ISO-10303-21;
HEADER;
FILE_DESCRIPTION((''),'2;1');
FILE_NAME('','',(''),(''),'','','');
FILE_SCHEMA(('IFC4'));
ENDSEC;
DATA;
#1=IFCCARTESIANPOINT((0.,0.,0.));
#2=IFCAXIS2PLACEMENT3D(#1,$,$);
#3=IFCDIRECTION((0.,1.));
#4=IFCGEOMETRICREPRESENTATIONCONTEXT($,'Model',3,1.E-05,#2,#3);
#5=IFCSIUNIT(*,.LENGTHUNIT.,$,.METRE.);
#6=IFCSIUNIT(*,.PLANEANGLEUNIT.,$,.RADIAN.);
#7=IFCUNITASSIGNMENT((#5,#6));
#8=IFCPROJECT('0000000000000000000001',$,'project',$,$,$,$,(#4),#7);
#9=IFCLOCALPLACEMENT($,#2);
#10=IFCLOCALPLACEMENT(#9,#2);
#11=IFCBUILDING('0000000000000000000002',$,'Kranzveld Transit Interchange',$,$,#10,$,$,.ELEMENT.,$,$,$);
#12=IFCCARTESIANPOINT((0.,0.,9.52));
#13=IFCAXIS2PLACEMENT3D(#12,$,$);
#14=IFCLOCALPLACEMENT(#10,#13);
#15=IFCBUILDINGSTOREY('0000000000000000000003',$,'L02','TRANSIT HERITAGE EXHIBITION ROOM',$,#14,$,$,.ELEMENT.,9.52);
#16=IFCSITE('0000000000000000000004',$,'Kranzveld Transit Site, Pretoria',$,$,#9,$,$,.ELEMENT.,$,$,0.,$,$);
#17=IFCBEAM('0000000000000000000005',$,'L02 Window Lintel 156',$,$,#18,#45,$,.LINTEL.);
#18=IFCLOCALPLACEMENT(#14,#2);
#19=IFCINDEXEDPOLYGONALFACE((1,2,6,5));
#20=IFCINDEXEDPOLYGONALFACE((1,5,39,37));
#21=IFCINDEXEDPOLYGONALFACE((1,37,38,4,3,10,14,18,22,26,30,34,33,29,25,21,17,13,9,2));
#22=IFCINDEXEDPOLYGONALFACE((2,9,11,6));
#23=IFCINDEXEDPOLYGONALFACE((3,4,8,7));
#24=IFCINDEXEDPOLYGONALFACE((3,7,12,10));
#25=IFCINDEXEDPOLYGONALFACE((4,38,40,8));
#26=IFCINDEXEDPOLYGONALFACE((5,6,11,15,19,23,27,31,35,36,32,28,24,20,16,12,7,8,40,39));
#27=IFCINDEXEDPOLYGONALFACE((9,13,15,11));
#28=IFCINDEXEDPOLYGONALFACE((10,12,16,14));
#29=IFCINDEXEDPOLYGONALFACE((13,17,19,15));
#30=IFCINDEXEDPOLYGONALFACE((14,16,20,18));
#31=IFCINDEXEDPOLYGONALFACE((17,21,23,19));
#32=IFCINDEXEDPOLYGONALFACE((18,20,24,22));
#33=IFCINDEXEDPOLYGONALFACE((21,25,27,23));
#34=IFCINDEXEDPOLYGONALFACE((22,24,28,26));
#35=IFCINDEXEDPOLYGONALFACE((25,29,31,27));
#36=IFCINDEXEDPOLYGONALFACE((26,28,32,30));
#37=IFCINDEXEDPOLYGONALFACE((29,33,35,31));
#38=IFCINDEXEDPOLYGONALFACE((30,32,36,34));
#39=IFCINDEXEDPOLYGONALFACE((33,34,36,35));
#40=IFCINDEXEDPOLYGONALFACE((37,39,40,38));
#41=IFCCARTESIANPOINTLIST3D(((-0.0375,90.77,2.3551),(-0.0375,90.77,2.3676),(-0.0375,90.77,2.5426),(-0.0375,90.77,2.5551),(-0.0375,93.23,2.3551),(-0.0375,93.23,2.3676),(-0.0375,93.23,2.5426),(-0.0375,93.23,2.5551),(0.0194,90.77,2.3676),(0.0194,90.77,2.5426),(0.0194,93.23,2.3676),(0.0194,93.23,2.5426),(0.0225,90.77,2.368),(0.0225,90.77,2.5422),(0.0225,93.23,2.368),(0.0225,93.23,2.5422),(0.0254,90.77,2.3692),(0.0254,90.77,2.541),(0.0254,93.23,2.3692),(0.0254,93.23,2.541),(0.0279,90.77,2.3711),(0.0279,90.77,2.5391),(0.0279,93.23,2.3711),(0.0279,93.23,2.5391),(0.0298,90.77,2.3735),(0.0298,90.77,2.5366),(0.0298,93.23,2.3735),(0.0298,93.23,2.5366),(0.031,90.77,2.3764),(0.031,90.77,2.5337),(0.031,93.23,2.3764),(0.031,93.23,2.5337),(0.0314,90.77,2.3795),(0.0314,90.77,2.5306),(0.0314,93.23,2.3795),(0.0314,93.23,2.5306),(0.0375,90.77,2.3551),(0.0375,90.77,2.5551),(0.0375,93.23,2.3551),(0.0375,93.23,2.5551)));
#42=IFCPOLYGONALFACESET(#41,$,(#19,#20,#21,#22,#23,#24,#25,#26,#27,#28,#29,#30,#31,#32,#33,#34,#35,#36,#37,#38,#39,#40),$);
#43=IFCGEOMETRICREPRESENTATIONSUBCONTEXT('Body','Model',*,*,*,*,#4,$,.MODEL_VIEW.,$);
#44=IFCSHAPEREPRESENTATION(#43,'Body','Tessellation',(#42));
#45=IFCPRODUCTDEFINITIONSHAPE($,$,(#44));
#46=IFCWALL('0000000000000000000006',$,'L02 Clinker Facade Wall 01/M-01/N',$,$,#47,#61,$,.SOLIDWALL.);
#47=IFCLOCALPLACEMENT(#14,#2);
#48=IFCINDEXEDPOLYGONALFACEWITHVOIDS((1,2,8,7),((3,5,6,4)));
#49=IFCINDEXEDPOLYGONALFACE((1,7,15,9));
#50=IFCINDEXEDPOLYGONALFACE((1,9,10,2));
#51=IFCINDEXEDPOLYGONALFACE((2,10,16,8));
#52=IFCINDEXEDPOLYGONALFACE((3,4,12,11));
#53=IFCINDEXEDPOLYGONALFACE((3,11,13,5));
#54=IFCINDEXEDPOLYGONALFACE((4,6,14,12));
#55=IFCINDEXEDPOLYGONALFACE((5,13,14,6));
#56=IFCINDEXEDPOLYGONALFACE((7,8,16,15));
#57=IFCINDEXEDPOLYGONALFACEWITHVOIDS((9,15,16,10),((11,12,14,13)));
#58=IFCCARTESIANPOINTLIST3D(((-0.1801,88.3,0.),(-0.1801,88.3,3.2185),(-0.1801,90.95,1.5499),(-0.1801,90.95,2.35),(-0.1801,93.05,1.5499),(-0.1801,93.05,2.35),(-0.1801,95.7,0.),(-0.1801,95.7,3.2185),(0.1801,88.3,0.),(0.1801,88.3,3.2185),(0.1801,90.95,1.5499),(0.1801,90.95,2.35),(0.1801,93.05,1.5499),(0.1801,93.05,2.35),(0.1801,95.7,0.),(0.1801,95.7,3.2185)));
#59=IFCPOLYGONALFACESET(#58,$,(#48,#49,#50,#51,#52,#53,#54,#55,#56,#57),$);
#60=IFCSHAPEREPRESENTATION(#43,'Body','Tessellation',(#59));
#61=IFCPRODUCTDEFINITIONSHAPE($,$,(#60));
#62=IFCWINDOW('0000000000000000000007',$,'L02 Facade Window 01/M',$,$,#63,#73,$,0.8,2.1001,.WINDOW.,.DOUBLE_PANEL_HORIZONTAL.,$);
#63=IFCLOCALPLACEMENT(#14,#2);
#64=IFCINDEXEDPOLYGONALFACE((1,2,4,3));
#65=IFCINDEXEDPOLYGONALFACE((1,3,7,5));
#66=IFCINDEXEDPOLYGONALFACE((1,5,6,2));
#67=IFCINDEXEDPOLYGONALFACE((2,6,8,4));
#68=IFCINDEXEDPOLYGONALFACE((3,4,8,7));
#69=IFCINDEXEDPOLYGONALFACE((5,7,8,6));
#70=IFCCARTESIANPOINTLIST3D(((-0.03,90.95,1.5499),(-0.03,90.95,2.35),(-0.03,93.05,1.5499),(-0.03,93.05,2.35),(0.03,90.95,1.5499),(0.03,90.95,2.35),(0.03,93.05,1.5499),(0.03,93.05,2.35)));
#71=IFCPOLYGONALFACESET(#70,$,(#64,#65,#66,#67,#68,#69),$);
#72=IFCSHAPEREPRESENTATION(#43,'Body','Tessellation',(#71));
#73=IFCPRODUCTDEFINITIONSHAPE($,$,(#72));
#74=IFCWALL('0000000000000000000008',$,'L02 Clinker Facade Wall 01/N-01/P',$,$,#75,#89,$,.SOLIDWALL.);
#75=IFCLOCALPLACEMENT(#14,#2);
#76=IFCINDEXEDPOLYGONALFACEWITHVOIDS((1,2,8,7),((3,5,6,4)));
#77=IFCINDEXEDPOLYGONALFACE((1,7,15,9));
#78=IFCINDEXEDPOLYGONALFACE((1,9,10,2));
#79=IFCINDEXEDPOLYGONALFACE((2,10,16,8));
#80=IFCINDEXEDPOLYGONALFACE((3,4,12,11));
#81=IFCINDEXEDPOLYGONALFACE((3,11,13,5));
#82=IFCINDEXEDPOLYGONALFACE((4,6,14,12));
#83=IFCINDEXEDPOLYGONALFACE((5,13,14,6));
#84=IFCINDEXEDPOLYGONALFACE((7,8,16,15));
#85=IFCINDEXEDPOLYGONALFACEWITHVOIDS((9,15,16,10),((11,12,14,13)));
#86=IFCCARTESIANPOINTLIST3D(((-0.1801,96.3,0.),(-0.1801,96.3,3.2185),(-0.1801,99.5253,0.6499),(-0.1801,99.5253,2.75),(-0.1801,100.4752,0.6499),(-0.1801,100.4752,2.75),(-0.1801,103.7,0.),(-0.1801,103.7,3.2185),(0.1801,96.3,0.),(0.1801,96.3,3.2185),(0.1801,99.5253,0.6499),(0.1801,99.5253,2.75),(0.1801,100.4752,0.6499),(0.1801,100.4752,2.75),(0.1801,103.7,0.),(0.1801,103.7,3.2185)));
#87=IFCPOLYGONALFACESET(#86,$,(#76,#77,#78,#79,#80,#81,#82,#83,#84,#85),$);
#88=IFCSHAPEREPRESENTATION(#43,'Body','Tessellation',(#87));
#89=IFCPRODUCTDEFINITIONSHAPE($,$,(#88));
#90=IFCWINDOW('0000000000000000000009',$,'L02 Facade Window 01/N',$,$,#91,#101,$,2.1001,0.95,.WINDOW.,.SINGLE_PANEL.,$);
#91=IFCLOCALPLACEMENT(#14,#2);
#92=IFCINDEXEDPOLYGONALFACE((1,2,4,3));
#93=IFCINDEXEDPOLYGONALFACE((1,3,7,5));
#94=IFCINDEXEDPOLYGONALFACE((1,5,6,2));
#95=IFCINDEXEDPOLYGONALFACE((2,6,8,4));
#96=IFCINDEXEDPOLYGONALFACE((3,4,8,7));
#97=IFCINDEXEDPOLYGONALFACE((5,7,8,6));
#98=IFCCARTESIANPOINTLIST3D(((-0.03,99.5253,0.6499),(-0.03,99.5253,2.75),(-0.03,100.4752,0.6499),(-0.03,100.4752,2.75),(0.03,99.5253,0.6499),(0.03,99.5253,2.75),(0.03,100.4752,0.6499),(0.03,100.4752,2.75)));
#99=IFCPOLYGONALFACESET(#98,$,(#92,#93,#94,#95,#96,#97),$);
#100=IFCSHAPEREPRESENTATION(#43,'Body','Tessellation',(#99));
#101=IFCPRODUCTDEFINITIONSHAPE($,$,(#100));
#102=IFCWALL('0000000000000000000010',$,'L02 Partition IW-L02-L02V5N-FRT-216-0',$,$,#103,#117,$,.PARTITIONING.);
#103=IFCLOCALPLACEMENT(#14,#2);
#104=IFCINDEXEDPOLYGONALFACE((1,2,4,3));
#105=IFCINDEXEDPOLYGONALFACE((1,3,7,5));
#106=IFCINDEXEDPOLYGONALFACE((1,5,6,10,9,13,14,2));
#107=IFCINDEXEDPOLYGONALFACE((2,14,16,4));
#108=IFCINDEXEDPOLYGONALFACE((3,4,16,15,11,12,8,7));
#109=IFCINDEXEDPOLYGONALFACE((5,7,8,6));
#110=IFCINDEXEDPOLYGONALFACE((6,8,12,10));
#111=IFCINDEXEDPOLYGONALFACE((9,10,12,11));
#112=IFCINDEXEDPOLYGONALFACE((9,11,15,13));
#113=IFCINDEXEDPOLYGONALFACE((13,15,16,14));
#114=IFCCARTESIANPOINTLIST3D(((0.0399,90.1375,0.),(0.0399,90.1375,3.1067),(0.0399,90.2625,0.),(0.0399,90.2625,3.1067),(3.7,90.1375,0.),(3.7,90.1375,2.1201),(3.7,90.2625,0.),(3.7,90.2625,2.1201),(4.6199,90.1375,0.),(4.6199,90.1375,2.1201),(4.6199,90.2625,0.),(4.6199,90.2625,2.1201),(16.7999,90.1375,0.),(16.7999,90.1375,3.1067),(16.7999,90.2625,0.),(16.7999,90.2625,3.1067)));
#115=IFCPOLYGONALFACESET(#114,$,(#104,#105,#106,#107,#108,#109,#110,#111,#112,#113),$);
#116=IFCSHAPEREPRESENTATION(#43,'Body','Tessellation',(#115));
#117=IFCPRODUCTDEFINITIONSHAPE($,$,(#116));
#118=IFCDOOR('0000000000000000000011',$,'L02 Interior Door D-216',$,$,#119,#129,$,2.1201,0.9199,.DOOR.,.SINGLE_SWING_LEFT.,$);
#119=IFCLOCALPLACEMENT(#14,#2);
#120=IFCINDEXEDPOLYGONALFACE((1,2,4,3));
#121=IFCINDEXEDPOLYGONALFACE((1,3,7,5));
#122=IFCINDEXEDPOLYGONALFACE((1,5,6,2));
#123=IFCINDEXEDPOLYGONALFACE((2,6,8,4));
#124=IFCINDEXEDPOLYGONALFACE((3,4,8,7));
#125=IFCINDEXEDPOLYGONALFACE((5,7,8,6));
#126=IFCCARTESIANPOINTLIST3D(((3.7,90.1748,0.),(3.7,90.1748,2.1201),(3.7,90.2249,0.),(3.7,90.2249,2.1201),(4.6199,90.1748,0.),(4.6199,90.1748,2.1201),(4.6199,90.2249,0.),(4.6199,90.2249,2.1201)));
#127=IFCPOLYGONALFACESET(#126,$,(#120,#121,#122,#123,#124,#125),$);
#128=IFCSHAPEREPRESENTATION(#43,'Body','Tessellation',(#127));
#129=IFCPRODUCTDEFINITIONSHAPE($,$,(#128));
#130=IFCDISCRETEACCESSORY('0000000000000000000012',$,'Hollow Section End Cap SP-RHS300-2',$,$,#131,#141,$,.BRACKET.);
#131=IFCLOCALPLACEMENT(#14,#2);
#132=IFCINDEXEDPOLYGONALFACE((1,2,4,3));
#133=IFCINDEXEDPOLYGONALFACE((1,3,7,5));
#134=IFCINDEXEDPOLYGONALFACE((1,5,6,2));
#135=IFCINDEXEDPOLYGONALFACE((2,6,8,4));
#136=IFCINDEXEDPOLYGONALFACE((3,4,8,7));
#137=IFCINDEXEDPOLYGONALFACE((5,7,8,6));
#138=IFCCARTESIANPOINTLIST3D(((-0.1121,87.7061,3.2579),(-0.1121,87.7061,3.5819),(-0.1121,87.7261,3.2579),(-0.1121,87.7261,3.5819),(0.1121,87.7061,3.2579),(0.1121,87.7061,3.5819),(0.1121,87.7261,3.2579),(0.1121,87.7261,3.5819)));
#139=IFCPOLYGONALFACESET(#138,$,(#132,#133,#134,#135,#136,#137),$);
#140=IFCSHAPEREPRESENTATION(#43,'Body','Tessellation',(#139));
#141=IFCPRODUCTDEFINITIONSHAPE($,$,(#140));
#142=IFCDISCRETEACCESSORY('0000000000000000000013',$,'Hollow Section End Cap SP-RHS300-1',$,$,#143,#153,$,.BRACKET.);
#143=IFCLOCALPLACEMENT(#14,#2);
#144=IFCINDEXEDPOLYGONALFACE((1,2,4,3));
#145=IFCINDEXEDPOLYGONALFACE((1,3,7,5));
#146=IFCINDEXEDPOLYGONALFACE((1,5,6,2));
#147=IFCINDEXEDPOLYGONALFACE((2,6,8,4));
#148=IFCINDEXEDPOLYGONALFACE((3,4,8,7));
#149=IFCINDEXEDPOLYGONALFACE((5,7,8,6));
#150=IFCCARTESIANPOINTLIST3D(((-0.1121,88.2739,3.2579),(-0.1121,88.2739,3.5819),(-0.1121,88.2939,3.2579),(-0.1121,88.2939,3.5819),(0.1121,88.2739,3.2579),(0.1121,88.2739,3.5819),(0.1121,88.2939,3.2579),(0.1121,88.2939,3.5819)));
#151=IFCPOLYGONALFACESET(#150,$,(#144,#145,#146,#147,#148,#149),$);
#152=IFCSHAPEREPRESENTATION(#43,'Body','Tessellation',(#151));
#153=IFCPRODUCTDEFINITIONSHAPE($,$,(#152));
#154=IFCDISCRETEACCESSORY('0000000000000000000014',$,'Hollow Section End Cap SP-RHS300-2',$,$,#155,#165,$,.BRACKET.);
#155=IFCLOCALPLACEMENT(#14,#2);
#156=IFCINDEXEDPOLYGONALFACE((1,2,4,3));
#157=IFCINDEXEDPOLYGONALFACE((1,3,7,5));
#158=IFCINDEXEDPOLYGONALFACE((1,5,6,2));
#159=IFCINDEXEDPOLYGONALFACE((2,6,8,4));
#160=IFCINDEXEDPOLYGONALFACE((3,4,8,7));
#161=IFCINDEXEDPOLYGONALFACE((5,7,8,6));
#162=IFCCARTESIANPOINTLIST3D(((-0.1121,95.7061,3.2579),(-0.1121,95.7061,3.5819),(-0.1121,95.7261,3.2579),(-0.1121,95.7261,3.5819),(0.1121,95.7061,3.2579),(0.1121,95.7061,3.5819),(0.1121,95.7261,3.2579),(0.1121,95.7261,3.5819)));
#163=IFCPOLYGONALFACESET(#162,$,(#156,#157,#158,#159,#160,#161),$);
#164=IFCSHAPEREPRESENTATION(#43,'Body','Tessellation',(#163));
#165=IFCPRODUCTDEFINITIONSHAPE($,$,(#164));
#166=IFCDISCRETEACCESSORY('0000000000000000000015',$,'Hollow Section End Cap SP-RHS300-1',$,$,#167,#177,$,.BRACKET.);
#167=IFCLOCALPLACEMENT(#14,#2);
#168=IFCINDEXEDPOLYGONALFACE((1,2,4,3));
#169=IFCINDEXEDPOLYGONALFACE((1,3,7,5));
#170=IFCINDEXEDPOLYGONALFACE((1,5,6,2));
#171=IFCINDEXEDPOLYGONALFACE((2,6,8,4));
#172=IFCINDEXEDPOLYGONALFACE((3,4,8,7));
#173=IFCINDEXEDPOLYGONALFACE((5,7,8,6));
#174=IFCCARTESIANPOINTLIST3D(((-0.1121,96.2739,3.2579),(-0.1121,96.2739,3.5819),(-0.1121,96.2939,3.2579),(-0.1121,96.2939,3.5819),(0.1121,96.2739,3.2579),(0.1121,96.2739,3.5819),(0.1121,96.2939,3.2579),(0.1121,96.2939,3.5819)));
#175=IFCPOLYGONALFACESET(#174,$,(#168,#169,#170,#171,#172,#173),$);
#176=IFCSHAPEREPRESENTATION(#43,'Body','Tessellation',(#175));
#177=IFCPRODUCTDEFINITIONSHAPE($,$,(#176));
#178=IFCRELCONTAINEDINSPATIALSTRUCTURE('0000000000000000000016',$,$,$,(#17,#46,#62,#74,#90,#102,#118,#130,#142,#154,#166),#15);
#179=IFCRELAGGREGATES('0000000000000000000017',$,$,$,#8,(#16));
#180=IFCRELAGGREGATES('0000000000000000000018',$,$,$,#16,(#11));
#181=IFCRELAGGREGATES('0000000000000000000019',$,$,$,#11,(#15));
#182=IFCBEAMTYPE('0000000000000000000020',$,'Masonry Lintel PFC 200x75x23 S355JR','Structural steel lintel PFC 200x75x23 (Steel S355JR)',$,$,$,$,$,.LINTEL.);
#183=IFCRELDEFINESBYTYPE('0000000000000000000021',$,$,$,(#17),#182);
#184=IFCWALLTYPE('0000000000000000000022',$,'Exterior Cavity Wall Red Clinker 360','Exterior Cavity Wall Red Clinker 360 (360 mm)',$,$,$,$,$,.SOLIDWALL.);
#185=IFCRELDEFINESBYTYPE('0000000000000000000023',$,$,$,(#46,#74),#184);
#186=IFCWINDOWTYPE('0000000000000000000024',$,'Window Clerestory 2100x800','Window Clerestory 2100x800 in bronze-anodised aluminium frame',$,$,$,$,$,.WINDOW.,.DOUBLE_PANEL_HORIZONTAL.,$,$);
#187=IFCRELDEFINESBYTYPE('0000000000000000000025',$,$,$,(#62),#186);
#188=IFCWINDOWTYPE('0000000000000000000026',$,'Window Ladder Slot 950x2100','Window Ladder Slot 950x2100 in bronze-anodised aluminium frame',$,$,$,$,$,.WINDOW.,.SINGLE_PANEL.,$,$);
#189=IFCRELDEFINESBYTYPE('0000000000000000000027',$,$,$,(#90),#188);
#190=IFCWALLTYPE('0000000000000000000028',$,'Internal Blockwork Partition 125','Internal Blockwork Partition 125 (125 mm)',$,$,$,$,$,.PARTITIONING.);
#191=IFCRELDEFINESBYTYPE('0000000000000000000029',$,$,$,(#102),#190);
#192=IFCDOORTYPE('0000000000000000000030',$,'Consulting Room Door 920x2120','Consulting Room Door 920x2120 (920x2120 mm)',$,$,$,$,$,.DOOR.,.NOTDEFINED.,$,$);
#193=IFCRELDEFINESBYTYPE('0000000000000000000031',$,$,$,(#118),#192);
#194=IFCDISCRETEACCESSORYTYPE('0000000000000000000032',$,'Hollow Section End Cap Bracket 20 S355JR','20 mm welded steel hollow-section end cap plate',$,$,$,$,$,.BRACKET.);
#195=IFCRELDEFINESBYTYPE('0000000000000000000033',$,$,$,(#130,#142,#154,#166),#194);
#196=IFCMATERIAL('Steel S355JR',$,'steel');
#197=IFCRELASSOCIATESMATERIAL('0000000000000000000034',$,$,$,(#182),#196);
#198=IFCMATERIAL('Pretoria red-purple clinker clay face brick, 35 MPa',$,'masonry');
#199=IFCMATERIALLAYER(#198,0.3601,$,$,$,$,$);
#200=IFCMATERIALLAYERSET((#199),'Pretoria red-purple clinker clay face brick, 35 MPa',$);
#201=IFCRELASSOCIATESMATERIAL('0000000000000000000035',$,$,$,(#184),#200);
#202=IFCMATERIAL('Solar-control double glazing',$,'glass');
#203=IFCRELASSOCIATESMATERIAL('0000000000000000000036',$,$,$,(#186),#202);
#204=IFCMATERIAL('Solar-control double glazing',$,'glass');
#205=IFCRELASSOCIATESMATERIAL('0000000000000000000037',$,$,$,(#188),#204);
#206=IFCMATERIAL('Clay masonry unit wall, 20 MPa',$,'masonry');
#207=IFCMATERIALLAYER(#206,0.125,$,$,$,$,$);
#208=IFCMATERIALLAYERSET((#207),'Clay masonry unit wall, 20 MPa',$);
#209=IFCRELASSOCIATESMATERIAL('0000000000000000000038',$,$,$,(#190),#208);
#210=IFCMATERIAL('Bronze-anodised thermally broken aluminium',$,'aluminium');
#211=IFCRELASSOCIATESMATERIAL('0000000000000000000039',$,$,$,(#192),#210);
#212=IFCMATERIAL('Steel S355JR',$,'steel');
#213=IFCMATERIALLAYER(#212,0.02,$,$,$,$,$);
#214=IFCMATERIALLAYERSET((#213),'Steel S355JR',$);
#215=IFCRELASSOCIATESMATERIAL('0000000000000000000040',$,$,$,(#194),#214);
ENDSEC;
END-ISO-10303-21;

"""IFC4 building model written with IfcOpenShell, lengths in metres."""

from ifc_helpers import new_model, si_unit, direction, frame, frame_2d, origin, origin_2d, place, context, subcontext, project, spatial, rectangle, u_section, extrude, material, layer, layer_set, material_profile, profile_set, type_object, element, fill, save


model = new_model("IFC4")

# Units and contexts
model_context = context("Model", 3, precision=1e-05, world=origin(), true_north=direction((0.0, 1.0)))
body_context = subcontext(model_context, "Body", "Model", "MODEL_VIEW")
ifc_project = project(units=[si_unit("LENGTHUNIT", "METRE"), si_unit("PLANEANGLEUNIT", "RADIAN")], contexts=[model_context])

# Site, building, storey
site_placement = place(None, origin())
site = spatial("IfcSite", under=ifc_project, at=site_placement, Name="Kranzveld Transit Site, Pretoria", CompositionType="ELEMENT", RefElevation=0.0)
building_placement = place(site_placement, origin())
building = spatial("IfcBuilding", under=site, at=building_placement, Name="Kranzveld Transit Interchange", CompositionType="ELEMENT")
storey_placement = place(building_placement, frame((0.0, 0.0, 9.52)))
storey = spatial("IfcBuildingStorey", under=building, at=storey_placement, Name="L02", Description="TRANSIT HERITAGE EXHIBITION ROOM", CompositionType="ELEMENT", Elevation=9.52)

# Beam
ifc_material_1 = material(Name="Steel S355JR", Category="steel")
ifc_material_profile_1 = material_profile(ifc_material_1, u_section(Depth=0.2, FlangeWidth=0.075, WebThickness=0.0061, FlangeThickness=0.0125, FilletRadius=0.012, at=origin_2d()), Name="PFC 200x75x23")
ifc_profile_set_1 = profile_set([ifc_material_profile_1], Name="Steel S355JR")
beam_type_1 = type_object("IfcBeamType", Name="Masonry Lintel PFC 200x75x23 S355JR", Description="Structural steel lintel PFC 200x75x23 (Steel S355JR)", PredefinedType="LINTEL", material=ifc_profile_set_1)
beam_placement = place(storey_placement, frame((0.0, 90.77, 2.4551), z_axis=(0.0, 1.0, 0.0), x_axis=(-1.0, 0.0, 0.0)))
element("IfcBeam", 1, at=beam_placement, inside=storey, type_object=beam_type_1, Name="L02 Window Lintel 156", PredefinedType="LINTEL", context=body_context, shape_type="SweptSolid", body=[
    extrude(u_section(Depth=0.2, FlangeWidth=0.075, WebThickness=0.0061, FlangeThickness=0.0125, FilletRadius=0.012, at=origin_2d()), origin(), (0.0, 0.0, 1.0), 2.46),
])

# Walls, openings, windows
ifc_material_2 = material(Name="Pretoria red-purple clinker clay face brick, 35 MPa", Category="masonry")
ifc_layer_1 = layer(ifc_material_2, 0.3601)
ifc_layer_set_1 = layer_set([ifc_layer_1], Name="Pretoria red-purple clinker clay face brick, 35 MPa")
wall_type_1 = type_object("IfcWallType", Name="Exterior Cavity Wall Red Clinker 360", Description="Exterior Cavity Wall Red Clinker 360 (360 mm)", PredefinedType="SOLIDWALL", material=ifc_layer_set_1)
wall_1_placement = place(storey_placement, frame((0.0, 88.3, 0.0), z_axis=(0.0, 0.0, 1.0), x_axis=(0.0, 1.0, 0.0)))
wall_1 = element("IfcWall", 2, at=wall_1_placement, inside=storey, type_object=wall_type_1, Name="L02 Clinker Facade Wall 01/M-01/N", PredefinedType="SOLIDWALL", context=body_context, shape_type="SweptSolid", body=[
    extrude(rectangle(XDim=7.3999, YDim=0.3601, at=frame_2d((3.7, 0.0))), origin(), (0.0, 0.0, 1.0), 3.2185),
])
opening_1_placement = place(wall_1_placement, frame((2.6499, 0.0, 1.55), z_axis=(0.0, 0.0, 1.0), x_axis=(1.0, 0.0, 0.0)))
opening_1 = element("IfcOpeningElement", 3, at=opening_1_placement, cuts=wall_1, PredefinedType="OPENING", context=body_context, shape_type="SweptSolid", body=[
    extrude(rectangle(XDim=2.1001, YDim=0.8, at=frame_2d((1.05, 0.3999))), frame((0.0, 0.1899, 0.0), z_axis=(0.0, -1.0, 0.0), x_axis=(1.0, 0.0, 0.0)), (0.0, 0.0, 1.0), 0.3801),
])
ifc_material_3 = material(Name="Solar-control double glazing", Category="glass")
window_type_1 = type_object("IfcWindowType", Name="Window Clerestory 2100x800", Description="Window Clerestory 2100x800 in bronze-anodised aluminium frame", PartitioningType="DOUBLE_PANEL_HORIZONTAL", PredefinedType="WINDOW", material=ifc_material_3)
window_1_placement = place(opening_1_placement, origin())
window_1 = element("IfcWindow", 4, at=window_1_placement, inside=storey, type_object=window_type_1, Name="L02 Facade Window 01/M", OverallHeight=0.8, OverallWidth=2.1001, PartitioningType="DOUBLE_PANEL_HORIZONTAL", PredefinedType="WINDOW", context=body_context, shape_type="SweptSolid", body=[
    extrude(rectangle(XDim=2.1001, YDim=0.8, at=frame_2d((1.05, 0.3999))), frame((0.0, 0.03, 0.0), z_axis=(0.0, -1.0, 0.0), x_axis=(1.0, 0.0, 0.0)), (0.0, 0.0, 1.0), 0.0601),
])
fill(opening_1, window_1)
wall_2_placement = place(storey_placement, frame((0.0, 96.3, 0.0), z_axis=(0.0, 0.0, 1.0), x_axis=(0.0, 1.0, 0.0)))
wall_2 = element("IfcWall", 5, at=wall_2_placement, inside=storey, type_object=wall_type_1, Name="L02 Clinker Facade Wall 01/N-01/P", PredefinedType="SOLIDWALL", context=body_context, shape_type="SweptSolid", body=[
    extrude(rectangle(XDim=7.3999, YDim=0.3601, at=frame_2d((3.7, 0.0))), origin(), (0.0, 0.0, 1.0), 3.2185),
])
opening_2_placement = place(wall_2_placement, frame((3.2251, 0.0, 0.6499), z_axis=(0.0, 0.0, 1.0), x_axis=(1.0, 0.0, 0.0)))
opening_2 = element("IfcOpeningElement", 6, at=opening_2_placement, cuts=wall_2, PredefinedType="OPENING", context=body_context, shape_type="SweptSolid", body=[
    extrude(rectangle(XDim=0.95, YDim=2.1001, at=frame_2d((0.4751, 1.05))), frame((0.0, 0.1899, 0.0), z_axis=(0.0, -1.0, 0.0), x_axis=(1.0, 0.0, 0.0)), (0.0, 0.0, 1.0), 0.3801),
])
ifc_material_4 = material(Name="Solar-control double glazing", Category="glass")
window_type_2 = type_object("IfcWindowType", Name="Window Ladder Slot 950x2100", Description="Window Ladder Slot 950x2100 in bronze-anodised aluminium frame", PartitioningType="SINGLE_PANEL", PredefinedType="WINDOW", material=ifc_material_4)
window_2_placement = place(opening_2_placement, origin())
window_2 = element("IfcWindow", 7, at=window_2_placement, inside=storey, type_object=window_type_2, Name="L02 Facade Window 01/N", OverallHeight=2.1001, OverallWidth=0.95, PartitioningType="SINGLE_PANEL", PredefinedType="WINDOW", context=body_context, shape_type="SweptSolid", body=[
    extrude(rectangle(XDim=0.95, YDim=2.1001, at=frame_2d((0.4751, 1.05))), frame((0.0, 0.03, 0.0), z_axis=(0.0, -1.0, 0.0), x_axis=(1.0, 0.0, 0.0)), (0.0, 0.0, 1.0), 0.0601),
])
fill(opening_2, window_2)

# Wall, opening, door
ifc_material_5 = material(Name="Clay masonry unit wall, 20 MPa", Category="masonry")
ifc_layer_2 = layer(ifc_material_5, 0.125)
ifc_layer_set_2 = layer_set([ifc_layer_2], Name="Clay masonry unit wall, 20 MPa")
wall_type_2 = type_object("IfcWallType", Name="Internal Blockwork Partition 125", Description="Internal Blockwork Partition 125 (125 mm)", PredefinedType="PARTITIONING", material=ifc_layer_set_2)
wall_3_placement = place(storey_placement, frame((0.04, 90.2, 0.0), z_axis=(0.0, 0.0, 1.0), x_axis=(1.0, 0.0, 0.0)))
wall_3 = element("IfcWall", 8, at=wall_3_placement, inside=storey, type_object=wall_type_2, Name="L02 Partition IW-L02-L02V5N-FRT-216-0", PredefinedType="PARTITIONING", context=body_context, shape_type="SweptSolid", body=[
    extrude(rectangle(XDim=16.76, YDim=0.125, at=frame_2d((8.3799, 0.0))), origin(), (0.0, 0.0, 1.0), 3.1067),
])
opening_3_placement = place(wall_3_placement, frame((3.6599, 0.0, 0.0), z_axis=(0.0, 0.0, 1.0), x_axis=(1.0, 0.0, 0.0)))
opening_3 = element("IfcOpeningElement", 9, at=opening_3_placement, cuts=wall_3, PredefinedType="OPENING", context=body_context, shape_type="SweptSolid", body=[
    extrude(rectangle(XDim=0.9199, YDim=2.1201, at=frame_2d((0.46, 1.0601))), frame((0.0, 0.0725, 0.0), z_axis=(0.0, -1.0, 0.0), x_axis=(1.0, 0.0, 0.0)), (0.0, 0.0, 1.0), 0.145),
])
ifc_material_6 = material(Name="Bronze-anodised thermally broken aluminium", Category="aluminium")
door_type_1 = type_object("IfcDoorType", Name="Consulting Room Door 920x2120", Description="Consulting Room Door 920x2120 (920x2120 mm)", OperationType="NOTDEFINED", PredefinedType="DOOR", material=ifc_material_6)
door_1_placement = place(opening_3_placement, origin())
door_1 = element("IfcDoor", 10, at=door_1_placement, inside=storey, type_object=door_type_1, Name="L02 Interior Door D-216", OperationType="SINGLE_SWING_LEFT", OverallHeight=2.1201, OverallWidth=0.9199, PredefinedType="DOOR", context=body_context, shape_type="SweptSolid", body=[
    extrude(rectangle(XDim=0.9199, YDim=2.1201, at=frame_2d((0.46, 1.0601))), frame((0.0, 0.0249, 0.0), z_axis=(0.0, -1.0, 0.0), x_axis=(1.0, 0.0, 0.0)), (0.0, 0.0, 1.0), 0.05),
])
fill(opening_3, door_1)

# Discrete accessories
ifc_material_7 = material(Name="Steel S355JR", Category="steel")
ifc_layer_3 = layer(ifc_material_7, 0.02)
ifc_layer_set_3 = layer_set([ifc_layer_3], Name="Steel S355JR")
discrete_accessory_type = type_object("IfcDiscreteAccessoryType", Name="Hollow Section End Cap Bracket 20 S355JR", Description="20 mm welded steel hollow-section end cap plate", PredefinedType="BRACKET", material=ifc_layer_set_3)
for number, where, z_axis, x_axis, name in (
    (11, (0.0, 87.7061, 3.4199), (0.0, 1.0, 0.0), (-1.0, 0.0, 0.0), "Hollow Section End Cap SP-RHS300-2"),
    (12, (0.0, 88.2939, 3.4199), (0.0, -1.0, 0.0), (1.0, 0.0, 0.0), "Hollow Section End Cap SP-RHS300-1"),
    (13, (0.0, 95.7061, 3.4199), (0.0, 1.0, 0.0), (-1.0, 0.0, 0.0), "Hollow Section End Cap SP-RHS300-2"),
    (14, (0.0, 96.2939, 3.4199), (0.0, -1.0, 0.0), (1.0, 0.0, 0.0), "Hollow Section End Cap SP-RHS300-1"),
):
    element("IfcDiscreteAccessory", number, at=place(storey_placement, frame(where, z_axis=z_axis, x_axis=x_axis)), inside=storey, type_object=discrete_accessory_type, Name=name, PredefinedType="BRACKET", context=body_context, shape_type="SweptSolid", body=[
        extrude(rectangle(XDim=0.2241, YDim=0.324, at=origin_2d()), origin(), (0.0, 0.0, 1.0), 0.02),
    ])

save(model, "model.ifc")
